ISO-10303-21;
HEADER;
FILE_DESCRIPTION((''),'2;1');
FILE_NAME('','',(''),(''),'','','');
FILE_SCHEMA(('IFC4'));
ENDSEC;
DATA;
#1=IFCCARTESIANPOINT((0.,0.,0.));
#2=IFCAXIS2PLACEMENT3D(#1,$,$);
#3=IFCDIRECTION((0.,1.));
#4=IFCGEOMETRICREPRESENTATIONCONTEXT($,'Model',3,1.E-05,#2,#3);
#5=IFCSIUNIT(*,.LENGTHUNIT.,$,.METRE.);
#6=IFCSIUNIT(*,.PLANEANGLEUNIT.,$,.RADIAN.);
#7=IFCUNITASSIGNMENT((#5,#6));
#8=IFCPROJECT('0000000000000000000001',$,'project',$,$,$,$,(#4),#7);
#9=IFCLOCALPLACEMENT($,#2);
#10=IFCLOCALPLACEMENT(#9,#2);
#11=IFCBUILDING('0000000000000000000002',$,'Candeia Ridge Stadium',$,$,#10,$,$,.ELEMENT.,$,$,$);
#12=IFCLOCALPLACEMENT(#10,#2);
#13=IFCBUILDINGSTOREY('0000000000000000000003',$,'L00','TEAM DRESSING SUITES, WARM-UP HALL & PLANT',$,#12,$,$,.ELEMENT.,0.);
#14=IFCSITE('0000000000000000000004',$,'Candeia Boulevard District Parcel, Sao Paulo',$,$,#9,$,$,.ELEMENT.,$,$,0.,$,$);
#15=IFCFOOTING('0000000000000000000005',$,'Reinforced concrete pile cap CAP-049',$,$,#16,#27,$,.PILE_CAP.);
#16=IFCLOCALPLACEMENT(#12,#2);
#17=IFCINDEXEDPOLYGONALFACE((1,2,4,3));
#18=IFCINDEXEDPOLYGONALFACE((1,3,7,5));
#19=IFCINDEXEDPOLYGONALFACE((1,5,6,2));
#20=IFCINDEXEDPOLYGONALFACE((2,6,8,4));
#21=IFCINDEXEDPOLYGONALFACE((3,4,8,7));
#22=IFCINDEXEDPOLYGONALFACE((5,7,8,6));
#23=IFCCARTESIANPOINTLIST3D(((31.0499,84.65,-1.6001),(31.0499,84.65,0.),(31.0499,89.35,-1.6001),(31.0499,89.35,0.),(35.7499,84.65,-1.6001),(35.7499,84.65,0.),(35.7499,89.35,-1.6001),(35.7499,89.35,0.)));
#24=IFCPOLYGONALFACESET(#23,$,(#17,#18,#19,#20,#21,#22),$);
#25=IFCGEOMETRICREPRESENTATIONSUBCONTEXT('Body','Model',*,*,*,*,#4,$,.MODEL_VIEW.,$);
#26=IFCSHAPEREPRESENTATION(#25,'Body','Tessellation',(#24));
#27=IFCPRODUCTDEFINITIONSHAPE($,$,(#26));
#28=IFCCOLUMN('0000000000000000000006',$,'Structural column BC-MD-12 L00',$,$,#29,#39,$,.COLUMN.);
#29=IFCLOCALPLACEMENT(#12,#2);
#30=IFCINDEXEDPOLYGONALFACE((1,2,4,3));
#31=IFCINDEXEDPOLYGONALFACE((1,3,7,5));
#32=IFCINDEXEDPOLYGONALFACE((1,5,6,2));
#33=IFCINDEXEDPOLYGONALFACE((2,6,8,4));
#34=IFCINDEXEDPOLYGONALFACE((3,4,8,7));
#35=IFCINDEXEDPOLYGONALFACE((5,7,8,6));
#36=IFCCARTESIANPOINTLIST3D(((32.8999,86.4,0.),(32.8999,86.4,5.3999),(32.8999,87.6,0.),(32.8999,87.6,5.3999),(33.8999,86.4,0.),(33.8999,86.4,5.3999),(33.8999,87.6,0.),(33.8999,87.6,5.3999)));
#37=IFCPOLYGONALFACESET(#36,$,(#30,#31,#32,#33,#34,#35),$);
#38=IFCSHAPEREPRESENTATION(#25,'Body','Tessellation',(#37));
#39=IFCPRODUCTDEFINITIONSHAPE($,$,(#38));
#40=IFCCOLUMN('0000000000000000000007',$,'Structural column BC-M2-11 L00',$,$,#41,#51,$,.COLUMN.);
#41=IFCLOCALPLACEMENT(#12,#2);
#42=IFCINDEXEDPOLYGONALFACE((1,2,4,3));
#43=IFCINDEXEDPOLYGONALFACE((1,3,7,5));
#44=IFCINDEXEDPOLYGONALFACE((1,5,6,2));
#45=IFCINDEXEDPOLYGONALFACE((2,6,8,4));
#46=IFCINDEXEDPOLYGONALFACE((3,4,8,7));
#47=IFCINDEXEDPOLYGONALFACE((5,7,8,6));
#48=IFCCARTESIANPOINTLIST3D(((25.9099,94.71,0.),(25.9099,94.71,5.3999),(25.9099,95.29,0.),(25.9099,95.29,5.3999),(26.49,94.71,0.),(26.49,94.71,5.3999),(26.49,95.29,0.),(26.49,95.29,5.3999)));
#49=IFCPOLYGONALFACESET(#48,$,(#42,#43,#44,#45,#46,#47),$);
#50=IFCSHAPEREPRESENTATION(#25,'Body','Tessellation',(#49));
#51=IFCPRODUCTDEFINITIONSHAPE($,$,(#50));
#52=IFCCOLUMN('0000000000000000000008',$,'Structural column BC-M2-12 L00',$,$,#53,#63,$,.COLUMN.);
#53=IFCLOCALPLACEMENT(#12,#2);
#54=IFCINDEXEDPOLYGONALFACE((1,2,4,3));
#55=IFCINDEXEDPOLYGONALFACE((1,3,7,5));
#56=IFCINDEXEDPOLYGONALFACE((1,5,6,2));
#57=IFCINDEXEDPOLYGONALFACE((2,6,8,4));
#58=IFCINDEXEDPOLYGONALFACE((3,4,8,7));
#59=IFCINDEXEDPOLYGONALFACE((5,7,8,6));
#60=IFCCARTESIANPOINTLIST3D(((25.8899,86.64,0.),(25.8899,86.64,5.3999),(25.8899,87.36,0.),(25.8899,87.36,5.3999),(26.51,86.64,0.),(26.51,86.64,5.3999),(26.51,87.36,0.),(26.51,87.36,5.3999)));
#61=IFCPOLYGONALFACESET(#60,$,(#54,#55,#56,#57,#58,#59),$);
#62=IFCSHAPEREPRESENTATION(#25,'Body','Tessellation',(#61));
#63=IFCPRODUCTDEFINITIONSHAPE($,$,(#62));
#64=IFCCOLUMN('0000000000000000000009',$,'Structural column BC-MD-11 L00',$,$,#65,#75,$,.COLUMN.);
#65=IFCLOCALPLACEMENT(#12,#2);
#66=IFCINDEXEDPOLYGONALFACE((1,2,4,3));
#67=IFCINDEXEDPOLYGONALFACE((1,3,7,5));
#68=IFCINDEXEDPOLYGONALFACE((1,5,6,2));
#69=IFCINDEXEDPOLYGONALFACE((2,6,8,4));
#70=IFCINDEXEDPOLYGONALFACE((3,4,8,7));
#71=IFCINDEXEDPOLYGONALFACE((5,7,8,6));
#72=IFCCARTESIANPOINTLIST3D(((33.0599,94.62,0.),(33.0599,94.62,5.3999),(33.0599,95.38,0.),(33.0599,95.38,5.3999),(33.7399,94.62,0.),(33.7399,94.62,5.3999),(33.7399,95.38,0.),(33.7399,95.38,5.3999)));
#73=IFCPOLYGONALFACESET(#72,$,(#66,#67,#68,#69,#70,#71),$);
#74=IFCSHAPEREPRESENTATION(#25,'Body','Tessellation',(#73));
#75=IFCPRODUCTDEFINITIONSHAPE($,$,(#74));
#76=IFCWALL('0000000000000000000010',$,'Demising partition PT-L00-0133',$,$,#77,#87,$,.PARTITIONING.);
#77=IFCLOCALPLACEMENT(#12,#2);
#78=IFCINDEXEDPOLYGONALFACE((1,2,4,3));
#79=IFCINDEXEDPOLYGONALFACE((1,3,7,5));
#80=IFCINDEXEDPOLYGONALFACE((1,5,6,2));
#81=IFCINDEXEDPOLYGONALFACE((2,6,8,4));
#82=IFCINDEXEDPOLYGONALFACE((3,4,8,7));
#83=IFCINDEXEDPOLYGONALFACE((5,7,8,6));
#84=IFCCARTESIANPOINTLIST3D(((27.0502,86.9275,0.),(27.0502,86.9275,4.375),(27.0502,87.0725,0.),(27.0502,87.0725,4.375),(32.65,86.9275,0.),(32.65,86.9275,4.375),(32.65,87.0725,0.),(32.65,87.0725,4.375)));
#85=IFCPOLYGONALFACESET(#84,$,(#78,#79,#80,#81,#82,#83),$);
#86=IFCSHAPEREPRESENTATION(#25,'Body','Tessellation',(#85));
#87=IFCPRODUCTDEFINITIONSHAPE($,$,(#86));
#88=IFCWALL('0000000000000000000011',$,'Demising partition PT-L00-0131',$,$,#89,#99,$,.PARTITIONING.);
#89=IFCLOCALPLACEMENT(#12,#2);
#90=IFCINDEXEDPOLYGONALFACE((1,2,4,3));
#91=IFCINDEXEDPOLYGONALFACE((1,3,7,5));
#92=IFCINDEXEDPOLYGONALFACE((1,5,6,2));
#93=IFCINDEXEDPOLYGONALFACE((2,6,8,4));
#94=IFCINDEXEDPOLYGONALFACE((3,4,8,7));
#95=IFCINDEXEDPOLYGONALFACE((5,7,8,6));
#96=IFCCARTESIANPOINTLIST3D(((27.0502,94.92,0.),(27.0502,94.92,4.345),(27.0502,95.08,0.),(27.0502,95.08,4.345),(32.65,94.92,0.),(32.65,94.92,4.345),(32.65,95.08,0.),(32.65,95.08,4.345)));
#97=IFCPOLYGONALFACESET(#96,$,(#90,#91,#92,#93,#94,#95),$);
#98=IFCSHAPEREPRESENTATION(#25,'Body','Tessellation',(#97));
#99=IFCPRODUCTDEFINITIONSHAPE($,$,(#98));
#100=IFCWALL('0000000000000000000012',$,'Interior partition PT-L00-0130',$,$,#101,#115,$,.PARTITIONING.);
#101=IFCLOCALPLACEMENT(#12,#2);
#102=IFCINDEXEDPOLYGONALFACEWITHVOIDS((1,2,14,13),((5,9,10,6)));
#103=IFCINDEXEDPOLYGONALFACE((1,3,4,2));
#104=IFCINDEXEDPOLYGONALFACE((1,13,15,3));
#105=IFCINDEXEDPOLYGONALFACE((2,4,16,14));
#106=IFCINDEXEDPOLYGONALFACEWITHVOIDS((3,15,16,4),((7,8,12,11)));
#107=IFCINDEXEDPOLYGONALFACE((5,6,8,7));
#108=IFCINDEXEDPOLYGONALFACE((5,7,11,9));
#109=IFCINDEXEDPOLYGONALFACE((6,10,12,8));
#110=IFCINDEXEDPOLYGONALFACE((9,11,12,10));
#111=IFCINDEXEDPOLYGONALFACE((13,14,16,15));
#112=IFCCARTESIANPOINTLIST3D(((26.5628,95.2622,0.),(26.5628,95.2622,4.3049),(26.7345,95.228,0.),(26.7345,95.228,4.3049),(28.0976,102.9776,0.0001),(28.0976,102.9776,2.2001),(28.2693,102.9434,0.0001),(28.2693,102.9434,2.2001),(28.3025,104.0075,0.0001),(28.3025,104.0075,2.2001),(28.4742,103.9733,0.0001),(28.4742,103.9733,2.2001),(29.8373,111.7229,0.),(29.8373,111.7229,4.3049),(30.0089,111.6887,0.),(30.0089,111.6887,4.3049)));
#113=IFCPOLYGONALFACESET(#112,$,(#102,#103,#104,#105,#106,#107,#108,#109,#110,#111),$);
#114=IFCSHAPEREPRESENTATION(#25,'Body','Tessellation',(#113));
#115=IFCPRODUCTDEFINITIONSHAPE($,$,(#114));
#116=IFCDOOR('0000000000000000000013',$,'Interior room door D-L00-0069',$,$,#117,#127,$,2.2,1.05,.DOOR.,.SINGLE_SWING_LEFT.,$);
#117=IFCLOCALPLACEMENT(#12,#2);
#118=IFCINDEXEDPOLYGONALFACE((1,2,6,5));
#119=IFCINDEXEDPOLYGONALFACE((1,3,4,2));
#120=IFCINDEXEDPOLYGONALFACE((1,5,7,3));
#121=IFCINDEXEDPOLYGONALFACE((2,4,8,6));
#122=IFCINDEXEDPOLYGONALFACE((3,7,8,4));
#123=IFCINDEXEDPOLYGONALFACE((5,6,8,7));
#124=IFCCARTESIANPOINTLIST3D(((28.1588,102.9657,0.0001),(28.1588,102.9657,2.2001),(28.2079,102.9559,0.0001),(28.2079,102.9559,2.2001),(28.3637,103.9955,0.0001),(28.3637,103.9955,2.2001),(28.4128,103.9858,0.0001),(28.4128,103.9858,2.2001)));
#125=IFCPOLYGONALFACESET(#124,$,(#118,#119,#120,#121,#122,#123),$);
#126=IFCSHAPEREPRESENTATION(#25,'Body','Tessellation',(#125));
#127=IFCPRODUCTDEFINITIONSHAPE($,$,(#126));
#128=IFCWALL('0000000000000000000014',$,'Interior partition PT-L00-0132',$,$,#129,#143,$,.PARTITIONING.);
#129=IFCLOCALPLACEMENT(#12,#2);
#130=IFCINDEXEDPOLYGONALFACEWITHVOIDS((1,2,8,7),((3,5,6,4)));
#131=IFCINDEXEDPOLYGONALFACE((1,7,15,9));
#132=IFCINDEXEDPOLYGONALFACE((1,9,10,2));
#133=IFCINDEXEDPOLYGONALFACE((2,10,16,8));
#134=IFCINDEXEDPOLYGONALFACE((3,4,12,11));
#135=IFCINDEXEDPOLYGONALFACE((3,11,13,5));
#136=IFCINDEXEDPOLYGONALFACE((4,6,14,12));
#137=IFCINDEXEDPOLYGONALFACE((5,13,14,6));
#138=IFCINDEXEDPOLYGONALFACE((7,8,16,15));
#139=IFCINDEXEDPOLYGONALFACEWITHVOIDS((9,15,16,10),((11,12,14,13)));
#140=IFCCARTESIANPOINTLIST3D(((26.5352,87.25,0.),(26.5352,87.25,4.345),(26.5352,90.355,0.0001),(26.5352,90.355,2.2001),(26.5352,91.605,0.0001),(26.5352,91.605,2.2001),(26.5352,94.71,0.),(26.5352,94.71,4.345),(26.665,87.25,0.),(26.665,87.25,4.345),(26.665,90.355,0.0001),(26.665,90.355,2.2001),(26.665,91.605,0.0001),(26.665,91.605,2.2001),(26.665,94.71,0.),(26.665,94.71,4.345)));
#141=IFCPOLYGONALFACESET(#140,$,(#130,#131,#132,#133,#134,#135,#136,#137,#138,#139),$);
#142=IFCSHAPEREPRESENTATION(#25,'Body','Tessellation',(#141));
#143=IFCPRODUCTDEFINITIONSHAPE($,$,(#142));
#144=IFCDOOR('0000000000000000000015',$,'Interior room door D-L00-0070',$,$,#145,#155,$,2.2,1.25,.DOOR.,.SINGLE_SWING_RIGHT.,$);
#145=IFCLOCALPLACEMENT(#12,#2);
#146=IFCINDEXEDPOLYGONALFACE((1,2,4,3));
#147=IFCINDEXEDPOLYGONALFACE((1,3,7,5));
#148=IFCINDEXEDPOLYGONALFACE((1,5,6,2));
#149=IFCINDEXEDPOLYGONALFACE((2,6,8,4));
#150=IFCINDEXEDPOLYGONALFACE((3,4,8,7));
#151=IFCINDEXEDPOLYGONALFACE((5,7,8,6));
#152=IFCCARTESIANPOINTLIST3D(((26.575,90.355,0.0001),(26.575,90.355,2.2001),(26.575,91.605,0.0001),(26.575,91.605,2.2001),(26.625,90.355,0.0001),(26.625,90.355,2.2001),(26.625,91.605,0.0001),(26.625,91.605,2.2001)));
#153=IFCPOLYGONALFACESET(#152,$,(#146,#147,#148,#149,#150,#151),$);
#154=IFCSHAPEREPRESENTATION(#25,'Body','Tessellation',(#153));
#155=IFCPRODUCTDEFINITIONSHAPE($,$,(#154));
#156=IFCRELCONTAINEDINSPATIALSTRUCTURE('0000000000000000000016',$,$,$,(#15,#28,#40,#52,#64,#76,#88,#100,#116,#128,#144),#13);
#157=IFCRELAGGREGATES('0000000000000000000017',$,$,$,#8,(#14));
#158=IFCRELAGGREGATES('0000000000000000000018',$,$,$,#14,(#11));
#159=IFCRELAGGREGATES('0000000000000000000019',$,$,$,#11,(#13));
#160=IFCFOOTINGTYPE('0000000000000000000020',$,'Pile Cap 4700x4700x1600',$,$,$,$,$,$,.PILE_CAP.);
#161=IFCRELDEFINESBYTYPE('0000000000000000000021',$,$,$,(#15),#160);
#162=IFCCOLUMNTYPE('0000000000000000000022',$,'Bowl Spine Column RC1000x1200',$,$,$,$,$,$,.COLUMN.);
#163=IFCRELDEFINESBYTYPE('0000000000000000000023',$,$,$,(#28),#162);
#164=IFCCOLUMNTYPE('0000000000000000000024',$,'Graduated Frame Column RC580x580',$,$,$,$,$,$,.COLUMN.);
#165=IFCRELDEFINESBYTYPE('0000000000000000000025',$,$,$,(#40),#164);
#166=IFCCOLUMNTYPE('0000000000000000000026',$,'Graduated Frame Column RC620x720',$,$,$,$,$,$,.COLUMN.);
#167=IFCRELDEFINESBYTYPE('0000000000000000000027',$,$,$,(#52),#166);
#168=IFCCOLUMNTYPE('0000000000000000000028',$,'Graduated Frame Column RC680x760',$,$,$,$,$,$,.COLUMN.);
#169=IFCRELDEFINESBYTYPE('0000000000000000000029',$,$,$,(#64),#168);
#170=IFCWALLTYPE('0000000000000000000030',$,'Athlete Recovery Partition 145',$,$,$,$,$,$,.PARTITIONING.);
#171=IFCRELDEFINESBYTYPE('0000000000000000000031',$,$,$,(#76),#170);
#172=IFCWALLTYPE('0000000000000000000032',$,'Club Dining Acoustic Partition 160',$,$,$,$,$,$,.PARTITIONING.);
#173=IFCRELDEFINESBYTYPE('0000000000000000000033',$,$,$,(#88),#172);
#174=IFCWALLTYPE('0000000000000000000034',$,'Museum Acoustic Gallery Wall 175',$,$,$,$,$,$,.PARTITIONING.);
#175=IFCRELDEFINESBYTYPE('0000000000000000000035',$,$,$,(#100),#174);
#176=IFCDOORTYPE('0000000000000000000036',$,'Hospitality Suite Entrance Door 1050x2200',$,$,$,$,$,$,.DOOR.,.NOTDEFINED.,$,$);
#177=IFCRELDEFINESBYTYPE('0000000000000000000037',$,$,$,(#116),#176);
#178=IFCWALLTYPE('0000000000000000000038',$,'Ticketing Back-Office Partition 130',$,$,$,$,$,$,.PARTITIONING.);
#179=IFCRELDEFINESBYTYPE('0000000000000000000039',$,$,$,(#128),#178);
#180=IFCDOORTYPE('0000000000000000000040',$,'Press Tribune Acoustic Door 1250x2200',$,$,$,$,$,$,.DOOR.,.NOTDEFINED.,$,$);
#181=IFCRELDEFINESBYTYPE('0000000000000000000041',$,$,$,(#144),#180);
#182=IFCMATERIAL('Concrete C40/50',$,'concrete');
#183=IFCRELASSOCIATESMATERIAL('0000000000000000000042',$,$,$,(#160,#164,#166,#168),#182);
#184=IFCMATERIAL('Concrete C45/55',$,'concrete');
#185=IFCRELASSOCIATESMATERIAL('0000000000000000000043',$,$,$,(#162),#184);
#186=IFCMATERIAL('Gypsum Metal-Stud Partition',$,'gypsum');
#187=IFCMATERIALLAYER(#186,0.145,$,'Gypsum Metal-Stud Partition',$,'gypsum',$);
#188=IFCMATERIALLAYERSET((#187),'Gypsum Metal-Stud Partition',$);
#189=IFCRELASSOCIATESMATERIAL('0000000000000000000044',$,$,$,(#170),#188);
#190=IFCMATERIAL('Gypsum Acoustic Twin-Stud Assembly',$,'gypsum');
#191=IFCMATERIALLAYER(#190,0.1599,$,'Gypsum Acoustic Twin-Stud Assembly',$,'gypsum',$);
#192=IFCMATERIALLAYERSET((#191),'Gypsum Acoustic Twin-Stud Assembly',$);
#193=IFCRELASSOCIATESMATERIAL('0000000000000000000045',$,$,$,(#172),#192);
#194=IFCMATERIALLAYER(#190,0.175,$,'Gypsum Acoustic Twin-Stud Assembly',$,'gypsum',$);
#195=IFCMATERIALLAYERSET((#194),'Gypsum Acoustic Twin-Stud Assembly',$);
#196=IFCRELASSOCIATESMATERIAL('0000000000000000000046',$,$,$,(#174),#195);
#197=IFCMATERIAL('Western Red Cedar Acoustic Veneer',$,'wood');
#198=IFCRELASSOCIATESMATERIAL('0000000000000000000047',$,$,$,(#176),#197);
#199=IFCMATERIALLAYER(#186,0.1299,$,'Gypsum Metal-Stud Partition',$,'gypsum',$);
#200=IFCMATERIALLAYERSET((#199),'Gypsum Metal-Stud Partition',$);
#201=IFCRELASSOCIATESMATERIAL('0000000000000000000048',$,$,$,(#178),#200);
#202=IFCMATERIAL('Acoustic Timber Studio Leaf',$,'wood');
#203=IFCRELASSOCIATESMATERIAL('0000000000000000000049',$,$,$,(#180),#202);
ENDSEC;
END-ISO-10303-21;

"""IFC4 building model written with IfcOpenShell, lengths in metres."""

from ifc_helpers import new_model, si_unit, direction, frame, frame_2d, origin, origin_2d, place, context, subcontext, project, spatial, rectangle, extrude, material, layer, layer_set, material_profile, profile_set, type_object, element, fill, save


model = new_model("IFC4")

# Units and contexts
model_context = context("Model", 3, precision=1e-05, world=origin(), true_north=direction((0.0, 1.0)))
body_context = subcontext(model_context, "Body", "Model", "MODEL_VIEW")
ifc_project = project(units=[si_unit("LENGTHUNIT", "METRE"), si_unit("PLANEANGLEUNIT", "RADIAN")], contexts=[model_context])

# Site, building, storey
site_placement = place(None, origin())
site = spatial("IfcSite", under=ifc_project, at=site_placement, Name="Candeia Boulevard District Parcel, Sao Paulo", CompositionType="ELEMENT", RefElevation=0.0)
building_placement = place(site_placement, origin())
building = spatial("IfcBuilding", under=site, at=building_placement, Name="Candeia Ridge Stadium", CompositionType="ELEMENT")
storey_placement = place(building_placement, origin())
storey = spatial("IfcBuildingStorey", under=building, at=storey_placement, Name="L00", Description="TEAM DRESSING SUITES, WARM-UP HALL & PLANT", CompositionType="ELEMENT", Elevation=0.0)

# Shared definitions
ifc_material_1 = material(Name="Concrete C40/50", Category="concrete")

# Footing
footing_type_1 = type_object("IfcFootingType", Name="Pile Cap 4700x4700x1600", PredefinedType="PILE_CAP", material=ifc_material_1)
for number, where, z_axis, x_axis, name in (
    (1, (33.3999, 87.0, -1.6001), (0.0, 0.0, 1.0), (1.0, 0.0, 0.0), "Reinforced concrete pile cap CAP-049"),
):
    element("IfcFooting", number, at=place(storey_placement, frame(where, z_axis=z_axis, x_axis=x_axis)), inside=storey, type_object=footing_type_1, Name=name, PredefinedType="PILE_CAP", context=body_context, shape_type="SweptSolid", body=[
        extrude(rectangle(XDim=4.7, YDim=4.7, at=origin_2d()), origin(), (0.0, 0.0, 1.0), 1.6001),
    ])

# Columns
ifc_material_2 = material(Name="Concrete C45/55", Category="concrete")
ifc_material_profile_1 = material_profile(ifc_material_2, rectangle(XDim=1.0, YDim=1.2, at=origin_2d()), Name="RC1000x1200", Category="concrete")
ifc_profile_set_1 = profile_set([ifc_material_profile_1], Name="Concrete C45/55")
column_type_1 = type_object("IfcColumnType", Name="Bowl Spine Column RC1000x1200", PredefinedType="COLUMN", material=ifc_profile_set_1)
column_1_placement = place(storey_placement, frame((33.3999, 87.0, 0.0), z_axis=(0.0, 0.0, 1.0), x_axis=(1.0, 0.0, 0.0)))
element("IfcColumn", 2, at=column_1_placement, inside=storey, type_object=column_type_1, Name="Structural column BC-MD-12 L00", PredefinedType="COLUMN", context=body_context, shape_type="SweptSolid", body=[
    extrude(rectangle(XDim=1.0, YDim=1.2, at=origin_2d()), origin(), (0.0, 0.0, 1.0), 5.3999),
])
ifc_material_profile_2 = material_profile(ifc_material_1, rectangle(XDim=0.5801, YDim=0.5801, at=origin_2d()), Name="RC580x580", Category="concrete")
ifc_profile_set_2 = profile_set([ifc_material_profile_2], Name="Concrete C40/50")
column_type_2 = type_object("IfcColumnType", Name="Graduated Frame Column RC580x580", PredefinedType="COLUMN", material=ifc_profile_set_2)
column_2_placement = place(storey_placement, frame((26.2, 95.0, 0.0), z_axis=(0.0, 0.0, 1.0), x_axis=(1.0, 0.0, 0.0)))
element("IfcColumn", 3, at=column_2_placement, inside=storey, type_object=column_type_2, Name="Structural column BC-M2-11 L00", PredefinedType="COLUMN", context=body_context, shape_type="SweptSolid", body=[
    extrude(rectangle(XDim=0.5801, YDim=0.5801, at=origin_2d()), origin(), (0.0, 0.0, 1.0), 5.3999),
])
ifc_material_profile_3 = material_profile(ifc_material_1, rectangle(XDim=0.6201, YDim=0.72, at=origin_2d()), Name="RC620x720", Category="concrete")
ifc_profile_set_3 = profile_set([ifc_material_profile_3], Name="Concrete C40/50")
column_type_3 = type_object("IfcColumnType", Name="Graduated Frame Column RC620x720", PredefinedType="COLUMN", material=ifc_profile_set_3)
column_3_placement = place(storey_placement, frame((26.2, 87.0, 0.0), z_axis=(0.0, 0.0, 1.0), x_axis=(1.0, 0.0, 0.0)))
element("IfcColumn", 4, at=column_3_placement, inside=storey, type_object=column_type_3, Name="Structural column BC-M2-12 L00", PredefinedType="COLUMN", context=body_context, shape_type="SweptSolid", body=[
    extrude(rectangle(XDim=0.6201, YDim=0.72, at=origin_2d()), origin(), (0.0, 0.0, 1.0), 5.3999),
])
ifc_material_profile_4 = material_profile(ifc_material_1, rectangle(XDim=0.6799, YDim=0.76, at=origin_2d()), Name="RC680x760", Category="concrete")
ifc_profile_set_4 = profile_set([ifc_material_profile_4], Name="Concrete C40/50")
column_type_4 = type_object("IfcColumnType", Name="Graduated Frame Column RC680x760", PredefinedType="COLUMN", material=ifc_profile_set_4)
column_4_placement = place(storey_placement, frame((33.3999, 95.0, 0.0), z_axis=(0.0, 0.0, 1.0), x_axis=(1.0, 0.0, 0.0)))
element("IfcColumn", 5, at=column_4_placement, inside=storey, type_object=column_type_4, Name="Structural column BC-MD-11 L00", PredefinedType="COLUMN", context=body_context, shape_type="SweptSolid", body=[
    extrude(rectangle(XDim=0.6799, YDim=0.76, at=origin_2d()), origin(), (0.0, 0.0, 1.0), 5.3999),
])

# Walls
ifc_material_3 = material(Name="Gypsum Metal-Stud Partition", Category="gypsum")
ifc_layer_1 = layer(ifc_material_3, 0.145, Name="Gypsum Metal-Stud Partition", Category="gypsum")
ifc_layer_set_1 = layer_set([ifc_layer_1], Name="Gypsum Metal-Stud Partition")
wall_type_1 = type_object("IfcWallType", Name="Athlete Recovery Partition 145", PredefinedType="PARTITIONING", material=ifc_layer_set_1)
wall_1_placement = place(storey_placement, frame((32.6499, 87.0, 0.0), z_axis=(0.0, 0.0, 1.0), x_axis=(-1.0, 0.0, 0.0)))
element("IfcWall", 6, at=wall_1_placement, inside=storey, type_object=wall_type_1, Name="Demising partition PT-L00-0133", PredefinedType="PARTITIONING", context=body_context, shape_type="SweptSolid", body=[
    extrude(rectangle(XDim=5.5999, YDim=0.145, at=frame_2d((2.7998, 0.0))), origin(), (0.0, 0.0, 1.0), 4.375),
])
ifc_material_4 = material(Name="Gypsum Acoustic Twin-Stud Assembly", Category="gypsum")
ifc_layer_2 = layer(ifc_material_4, 0.1599, Name="Gypsum Acoustic Twin-Stud Assembly", Category="gypsum")
ifc_layer_set_2 = layer_set([ifc_layer_2], Name="Gypsum Acoustic Twin-Stud Assembly")
wall_type_2 = type_object("IfcWallType", Name="Club Dining Acoustic Partition 160", PredefinedType="PARTITIONING", material=ifc_layer_set_2)
wall_2_placement = place(storey_placement, frame((32.6499, 95.0, 0.0), z_axis=(0.0, 0.0, 1.0), x_axis=(-1.0, 0.0, 0.0)))
element("IfcWall", 7, at=wall_2_placement, inside=storey, type_object=wall_type_2, Name="Demising partition PT-L00-0131", PredefinedType="PARTITIONING", context=body_context, shape_type="SweptSolid", body=[
    extrude(rectangle(XDim=5.5999, YDim=0.1599, at=frame_2d((2.7998, 0.0))), origin(), (0.0, 0.0, 1.0), 4.345),
])

# Walls, openings, doors
ifc_layer_3 = layer(ifc_material_4, 0.175, Name="Gypsum Acoustic Twin-Stud Assembly", Category="gypsum")
ifc_layer_set_3 = layer_set([ifc_layer_3], Name="Gypsum Acoustic Twin-Stud Assembly")
wall_type_3 = type_object("IfcWallType", Name="Museum Acoustic Gallery Wall 175", PredefinedType="PARTITIONING", material=ifc_layer_set_3)
wall_3_placement = place(storey_placement, frame((26.6487, 95.2451, 0.0), z_axis=(0.0, 0.0, 1.0), x_axis=(0.195101, 0.980783, 0.0)))
wall_3 = element("IfcWall", 8, at=wall_3_placement, inside=storey, type_object=wall_type_3, Name="Interior partition PT-L00-0130", PredefinedType="PARTITIONING", context=body_context, shape_type="SweptSolid", body=[
    extrude(rectangle(XDim=16.7832, YDim=0.175, at=frame_2d((8.3916, 0.0))), origin(), (0.0, 0.0, 1.0), 4.3049),
])
opening_1_placement = place(wall_3_placement, frame((7.8667, 0.0, 0.0)))
opening_1 = element("IfcOpeningElement", 9, at=opening_1_placement, cuts=wall_3, PredefinedType="OPENING", context=body_context, shape_type="SweptSolid", body=[
    extrude(rectangle(XDim=1.05, YDim=2.2, at=frame_2d((0.5249, 1.1001))), frame((0.0, 0.0974, 0.0), z_axis=(0.0, -1.0, 0.0), x_axis=(1.0, 0.0, 0.0)), (0.0, 0.0, 1.0), 0.1951),
])
ifc_material_5 = material(Name="Western Red Cedar Acoustic Veneer", Category="wood")
door_type_1 = type_object("IfcDoorType", Name="Hospitality Suite Entrance Door 1050x2200", OperationType="NOTDEFINED", PredefinedType="DOOR", material=ifc_material_5)
door_1_placement = place(opening_1_placement, frame((1.05, 0.0, 0.0), z_axis=(0.0, 0.0, 1.0), x_axis=(-1.0, 0.0, 0.0)))
door_1 = element("IfcDoor", 10, at=door_1_placement, inside=storey, type_object=door_type_1, Name="Interior room door D-L00-0069", OperationType="SINGLE_SWING_LEFT", OverallHeight=2.2, OverallWidth=1.05, PredefinedType="DOOR", context=body_context, shape_type="SweptSolid", body=[
    extrude(rectangle(XDim=1.05, YDim=2.2, at=frame_2d((0.5249, 1.1001))), frame((0.0, 0.0249, 0.0), z_axis=(0.0, -1.0, 0.0), x_axis=(1.0, 0.0, 0.0)), (0.0, 0.0, 1.0), 0.05),
])
fill(opening_1, door_1)
ifc_layer_4 = layer(ifc_material_3, 0.1299, Name="Gypsum Metal-Stud Partition", Category="gypsum")
ifc_layer_set_4 = layer_set([ifc_layer_4], Name="Gypsum Metal-Stud Partition")
wall_type_4 = type_object("IfcWallType", Name="Ticketing Back-Office Partition 130", PredefinedType="PARTITIONING", material=ifc_layer_set_4)
wall_4_placement = place(storey_placement, frame((26.6001, 87.25, 0.0), z_axis=(0.0, 0.0, 1.0), x_axis=(0.0, 1.0, 0.0)))
wall_4 = element("IfcWall", 11, at=wall_4_placement, inside=storey, type_object=wall_type_4, Name="Interior partition PT-L00-0132", PredefinedType="PARTITIONING", context=body_context, shape_type="SweptSolid", body=[
    extrude(rectangle(XDim=7.46, YDim=0.1299, at=frame_2d((3.73, 0.0))), origin(), (0.0, 0.0, 1.0), 4.345),
])
opening_2_placement = place(wall_4_placement, frame((3.105, 0.0, 0.0)))
opening_2 = element("IfcOpeningElement", 12, at=opening_2_placement, cuts=wall_4, PredefinedType="OPENING", context=body_context, shape_type="SweptSolid", body=[
    extrude(rectangle(XDim=1.25, YDim=2.2, at=frame_2d((0.625, 1.1001))), frame((0.0, 0.075, 0.0), z_axis=(0.0, -1.0, 0.0), x_axis=(1.0, 0.0, 0.0)), (0.0, 0.0, 1.0), 0.1499),
])
ifc_material_6 = material(Name="Acoustic Timber Studio Leaf", Category="wood")
door_type_2 = type_object("IfcDoorType", Name="Press Tribune Acoustic Door 1250x2200", OperationType="NOTDEFINED", PredefinedType="DOOR", material=ifc_material_6)
door_2_placement = place(opening_2_placement, frame((1.25, 0.0, 0.0), z_axis=(0.0, 0.0, 1.0), x_axis=(-1.0, 0.0, 0.0)))
door_2 = element("IfcDoor", 13, at=door_2_placement, inside=storey, type_object=door_type_2, Name="Interior room door D-L00-0070", OperationType="SINGLE_SWING_RIGHT", OverallHeight=2.2, OverallWidth=1.25, PredefinedType="DOOR", context=body_context, shape_type="SweptSolid", body=[
    extrude(rectangle(XDim=1.25, YDim=2.2, at=frame_2d((0.625, 1.1001))), frame((0.0, 0.0249, 0.0), z_axis=(0.0, -1.0, 0.0), x_axis=(1.0, 0.0, 0.0)), (0.0, 0.0, 1.0), 0.05),
])
fill(opening_2, door_2)

save(model, "model.ifc")
